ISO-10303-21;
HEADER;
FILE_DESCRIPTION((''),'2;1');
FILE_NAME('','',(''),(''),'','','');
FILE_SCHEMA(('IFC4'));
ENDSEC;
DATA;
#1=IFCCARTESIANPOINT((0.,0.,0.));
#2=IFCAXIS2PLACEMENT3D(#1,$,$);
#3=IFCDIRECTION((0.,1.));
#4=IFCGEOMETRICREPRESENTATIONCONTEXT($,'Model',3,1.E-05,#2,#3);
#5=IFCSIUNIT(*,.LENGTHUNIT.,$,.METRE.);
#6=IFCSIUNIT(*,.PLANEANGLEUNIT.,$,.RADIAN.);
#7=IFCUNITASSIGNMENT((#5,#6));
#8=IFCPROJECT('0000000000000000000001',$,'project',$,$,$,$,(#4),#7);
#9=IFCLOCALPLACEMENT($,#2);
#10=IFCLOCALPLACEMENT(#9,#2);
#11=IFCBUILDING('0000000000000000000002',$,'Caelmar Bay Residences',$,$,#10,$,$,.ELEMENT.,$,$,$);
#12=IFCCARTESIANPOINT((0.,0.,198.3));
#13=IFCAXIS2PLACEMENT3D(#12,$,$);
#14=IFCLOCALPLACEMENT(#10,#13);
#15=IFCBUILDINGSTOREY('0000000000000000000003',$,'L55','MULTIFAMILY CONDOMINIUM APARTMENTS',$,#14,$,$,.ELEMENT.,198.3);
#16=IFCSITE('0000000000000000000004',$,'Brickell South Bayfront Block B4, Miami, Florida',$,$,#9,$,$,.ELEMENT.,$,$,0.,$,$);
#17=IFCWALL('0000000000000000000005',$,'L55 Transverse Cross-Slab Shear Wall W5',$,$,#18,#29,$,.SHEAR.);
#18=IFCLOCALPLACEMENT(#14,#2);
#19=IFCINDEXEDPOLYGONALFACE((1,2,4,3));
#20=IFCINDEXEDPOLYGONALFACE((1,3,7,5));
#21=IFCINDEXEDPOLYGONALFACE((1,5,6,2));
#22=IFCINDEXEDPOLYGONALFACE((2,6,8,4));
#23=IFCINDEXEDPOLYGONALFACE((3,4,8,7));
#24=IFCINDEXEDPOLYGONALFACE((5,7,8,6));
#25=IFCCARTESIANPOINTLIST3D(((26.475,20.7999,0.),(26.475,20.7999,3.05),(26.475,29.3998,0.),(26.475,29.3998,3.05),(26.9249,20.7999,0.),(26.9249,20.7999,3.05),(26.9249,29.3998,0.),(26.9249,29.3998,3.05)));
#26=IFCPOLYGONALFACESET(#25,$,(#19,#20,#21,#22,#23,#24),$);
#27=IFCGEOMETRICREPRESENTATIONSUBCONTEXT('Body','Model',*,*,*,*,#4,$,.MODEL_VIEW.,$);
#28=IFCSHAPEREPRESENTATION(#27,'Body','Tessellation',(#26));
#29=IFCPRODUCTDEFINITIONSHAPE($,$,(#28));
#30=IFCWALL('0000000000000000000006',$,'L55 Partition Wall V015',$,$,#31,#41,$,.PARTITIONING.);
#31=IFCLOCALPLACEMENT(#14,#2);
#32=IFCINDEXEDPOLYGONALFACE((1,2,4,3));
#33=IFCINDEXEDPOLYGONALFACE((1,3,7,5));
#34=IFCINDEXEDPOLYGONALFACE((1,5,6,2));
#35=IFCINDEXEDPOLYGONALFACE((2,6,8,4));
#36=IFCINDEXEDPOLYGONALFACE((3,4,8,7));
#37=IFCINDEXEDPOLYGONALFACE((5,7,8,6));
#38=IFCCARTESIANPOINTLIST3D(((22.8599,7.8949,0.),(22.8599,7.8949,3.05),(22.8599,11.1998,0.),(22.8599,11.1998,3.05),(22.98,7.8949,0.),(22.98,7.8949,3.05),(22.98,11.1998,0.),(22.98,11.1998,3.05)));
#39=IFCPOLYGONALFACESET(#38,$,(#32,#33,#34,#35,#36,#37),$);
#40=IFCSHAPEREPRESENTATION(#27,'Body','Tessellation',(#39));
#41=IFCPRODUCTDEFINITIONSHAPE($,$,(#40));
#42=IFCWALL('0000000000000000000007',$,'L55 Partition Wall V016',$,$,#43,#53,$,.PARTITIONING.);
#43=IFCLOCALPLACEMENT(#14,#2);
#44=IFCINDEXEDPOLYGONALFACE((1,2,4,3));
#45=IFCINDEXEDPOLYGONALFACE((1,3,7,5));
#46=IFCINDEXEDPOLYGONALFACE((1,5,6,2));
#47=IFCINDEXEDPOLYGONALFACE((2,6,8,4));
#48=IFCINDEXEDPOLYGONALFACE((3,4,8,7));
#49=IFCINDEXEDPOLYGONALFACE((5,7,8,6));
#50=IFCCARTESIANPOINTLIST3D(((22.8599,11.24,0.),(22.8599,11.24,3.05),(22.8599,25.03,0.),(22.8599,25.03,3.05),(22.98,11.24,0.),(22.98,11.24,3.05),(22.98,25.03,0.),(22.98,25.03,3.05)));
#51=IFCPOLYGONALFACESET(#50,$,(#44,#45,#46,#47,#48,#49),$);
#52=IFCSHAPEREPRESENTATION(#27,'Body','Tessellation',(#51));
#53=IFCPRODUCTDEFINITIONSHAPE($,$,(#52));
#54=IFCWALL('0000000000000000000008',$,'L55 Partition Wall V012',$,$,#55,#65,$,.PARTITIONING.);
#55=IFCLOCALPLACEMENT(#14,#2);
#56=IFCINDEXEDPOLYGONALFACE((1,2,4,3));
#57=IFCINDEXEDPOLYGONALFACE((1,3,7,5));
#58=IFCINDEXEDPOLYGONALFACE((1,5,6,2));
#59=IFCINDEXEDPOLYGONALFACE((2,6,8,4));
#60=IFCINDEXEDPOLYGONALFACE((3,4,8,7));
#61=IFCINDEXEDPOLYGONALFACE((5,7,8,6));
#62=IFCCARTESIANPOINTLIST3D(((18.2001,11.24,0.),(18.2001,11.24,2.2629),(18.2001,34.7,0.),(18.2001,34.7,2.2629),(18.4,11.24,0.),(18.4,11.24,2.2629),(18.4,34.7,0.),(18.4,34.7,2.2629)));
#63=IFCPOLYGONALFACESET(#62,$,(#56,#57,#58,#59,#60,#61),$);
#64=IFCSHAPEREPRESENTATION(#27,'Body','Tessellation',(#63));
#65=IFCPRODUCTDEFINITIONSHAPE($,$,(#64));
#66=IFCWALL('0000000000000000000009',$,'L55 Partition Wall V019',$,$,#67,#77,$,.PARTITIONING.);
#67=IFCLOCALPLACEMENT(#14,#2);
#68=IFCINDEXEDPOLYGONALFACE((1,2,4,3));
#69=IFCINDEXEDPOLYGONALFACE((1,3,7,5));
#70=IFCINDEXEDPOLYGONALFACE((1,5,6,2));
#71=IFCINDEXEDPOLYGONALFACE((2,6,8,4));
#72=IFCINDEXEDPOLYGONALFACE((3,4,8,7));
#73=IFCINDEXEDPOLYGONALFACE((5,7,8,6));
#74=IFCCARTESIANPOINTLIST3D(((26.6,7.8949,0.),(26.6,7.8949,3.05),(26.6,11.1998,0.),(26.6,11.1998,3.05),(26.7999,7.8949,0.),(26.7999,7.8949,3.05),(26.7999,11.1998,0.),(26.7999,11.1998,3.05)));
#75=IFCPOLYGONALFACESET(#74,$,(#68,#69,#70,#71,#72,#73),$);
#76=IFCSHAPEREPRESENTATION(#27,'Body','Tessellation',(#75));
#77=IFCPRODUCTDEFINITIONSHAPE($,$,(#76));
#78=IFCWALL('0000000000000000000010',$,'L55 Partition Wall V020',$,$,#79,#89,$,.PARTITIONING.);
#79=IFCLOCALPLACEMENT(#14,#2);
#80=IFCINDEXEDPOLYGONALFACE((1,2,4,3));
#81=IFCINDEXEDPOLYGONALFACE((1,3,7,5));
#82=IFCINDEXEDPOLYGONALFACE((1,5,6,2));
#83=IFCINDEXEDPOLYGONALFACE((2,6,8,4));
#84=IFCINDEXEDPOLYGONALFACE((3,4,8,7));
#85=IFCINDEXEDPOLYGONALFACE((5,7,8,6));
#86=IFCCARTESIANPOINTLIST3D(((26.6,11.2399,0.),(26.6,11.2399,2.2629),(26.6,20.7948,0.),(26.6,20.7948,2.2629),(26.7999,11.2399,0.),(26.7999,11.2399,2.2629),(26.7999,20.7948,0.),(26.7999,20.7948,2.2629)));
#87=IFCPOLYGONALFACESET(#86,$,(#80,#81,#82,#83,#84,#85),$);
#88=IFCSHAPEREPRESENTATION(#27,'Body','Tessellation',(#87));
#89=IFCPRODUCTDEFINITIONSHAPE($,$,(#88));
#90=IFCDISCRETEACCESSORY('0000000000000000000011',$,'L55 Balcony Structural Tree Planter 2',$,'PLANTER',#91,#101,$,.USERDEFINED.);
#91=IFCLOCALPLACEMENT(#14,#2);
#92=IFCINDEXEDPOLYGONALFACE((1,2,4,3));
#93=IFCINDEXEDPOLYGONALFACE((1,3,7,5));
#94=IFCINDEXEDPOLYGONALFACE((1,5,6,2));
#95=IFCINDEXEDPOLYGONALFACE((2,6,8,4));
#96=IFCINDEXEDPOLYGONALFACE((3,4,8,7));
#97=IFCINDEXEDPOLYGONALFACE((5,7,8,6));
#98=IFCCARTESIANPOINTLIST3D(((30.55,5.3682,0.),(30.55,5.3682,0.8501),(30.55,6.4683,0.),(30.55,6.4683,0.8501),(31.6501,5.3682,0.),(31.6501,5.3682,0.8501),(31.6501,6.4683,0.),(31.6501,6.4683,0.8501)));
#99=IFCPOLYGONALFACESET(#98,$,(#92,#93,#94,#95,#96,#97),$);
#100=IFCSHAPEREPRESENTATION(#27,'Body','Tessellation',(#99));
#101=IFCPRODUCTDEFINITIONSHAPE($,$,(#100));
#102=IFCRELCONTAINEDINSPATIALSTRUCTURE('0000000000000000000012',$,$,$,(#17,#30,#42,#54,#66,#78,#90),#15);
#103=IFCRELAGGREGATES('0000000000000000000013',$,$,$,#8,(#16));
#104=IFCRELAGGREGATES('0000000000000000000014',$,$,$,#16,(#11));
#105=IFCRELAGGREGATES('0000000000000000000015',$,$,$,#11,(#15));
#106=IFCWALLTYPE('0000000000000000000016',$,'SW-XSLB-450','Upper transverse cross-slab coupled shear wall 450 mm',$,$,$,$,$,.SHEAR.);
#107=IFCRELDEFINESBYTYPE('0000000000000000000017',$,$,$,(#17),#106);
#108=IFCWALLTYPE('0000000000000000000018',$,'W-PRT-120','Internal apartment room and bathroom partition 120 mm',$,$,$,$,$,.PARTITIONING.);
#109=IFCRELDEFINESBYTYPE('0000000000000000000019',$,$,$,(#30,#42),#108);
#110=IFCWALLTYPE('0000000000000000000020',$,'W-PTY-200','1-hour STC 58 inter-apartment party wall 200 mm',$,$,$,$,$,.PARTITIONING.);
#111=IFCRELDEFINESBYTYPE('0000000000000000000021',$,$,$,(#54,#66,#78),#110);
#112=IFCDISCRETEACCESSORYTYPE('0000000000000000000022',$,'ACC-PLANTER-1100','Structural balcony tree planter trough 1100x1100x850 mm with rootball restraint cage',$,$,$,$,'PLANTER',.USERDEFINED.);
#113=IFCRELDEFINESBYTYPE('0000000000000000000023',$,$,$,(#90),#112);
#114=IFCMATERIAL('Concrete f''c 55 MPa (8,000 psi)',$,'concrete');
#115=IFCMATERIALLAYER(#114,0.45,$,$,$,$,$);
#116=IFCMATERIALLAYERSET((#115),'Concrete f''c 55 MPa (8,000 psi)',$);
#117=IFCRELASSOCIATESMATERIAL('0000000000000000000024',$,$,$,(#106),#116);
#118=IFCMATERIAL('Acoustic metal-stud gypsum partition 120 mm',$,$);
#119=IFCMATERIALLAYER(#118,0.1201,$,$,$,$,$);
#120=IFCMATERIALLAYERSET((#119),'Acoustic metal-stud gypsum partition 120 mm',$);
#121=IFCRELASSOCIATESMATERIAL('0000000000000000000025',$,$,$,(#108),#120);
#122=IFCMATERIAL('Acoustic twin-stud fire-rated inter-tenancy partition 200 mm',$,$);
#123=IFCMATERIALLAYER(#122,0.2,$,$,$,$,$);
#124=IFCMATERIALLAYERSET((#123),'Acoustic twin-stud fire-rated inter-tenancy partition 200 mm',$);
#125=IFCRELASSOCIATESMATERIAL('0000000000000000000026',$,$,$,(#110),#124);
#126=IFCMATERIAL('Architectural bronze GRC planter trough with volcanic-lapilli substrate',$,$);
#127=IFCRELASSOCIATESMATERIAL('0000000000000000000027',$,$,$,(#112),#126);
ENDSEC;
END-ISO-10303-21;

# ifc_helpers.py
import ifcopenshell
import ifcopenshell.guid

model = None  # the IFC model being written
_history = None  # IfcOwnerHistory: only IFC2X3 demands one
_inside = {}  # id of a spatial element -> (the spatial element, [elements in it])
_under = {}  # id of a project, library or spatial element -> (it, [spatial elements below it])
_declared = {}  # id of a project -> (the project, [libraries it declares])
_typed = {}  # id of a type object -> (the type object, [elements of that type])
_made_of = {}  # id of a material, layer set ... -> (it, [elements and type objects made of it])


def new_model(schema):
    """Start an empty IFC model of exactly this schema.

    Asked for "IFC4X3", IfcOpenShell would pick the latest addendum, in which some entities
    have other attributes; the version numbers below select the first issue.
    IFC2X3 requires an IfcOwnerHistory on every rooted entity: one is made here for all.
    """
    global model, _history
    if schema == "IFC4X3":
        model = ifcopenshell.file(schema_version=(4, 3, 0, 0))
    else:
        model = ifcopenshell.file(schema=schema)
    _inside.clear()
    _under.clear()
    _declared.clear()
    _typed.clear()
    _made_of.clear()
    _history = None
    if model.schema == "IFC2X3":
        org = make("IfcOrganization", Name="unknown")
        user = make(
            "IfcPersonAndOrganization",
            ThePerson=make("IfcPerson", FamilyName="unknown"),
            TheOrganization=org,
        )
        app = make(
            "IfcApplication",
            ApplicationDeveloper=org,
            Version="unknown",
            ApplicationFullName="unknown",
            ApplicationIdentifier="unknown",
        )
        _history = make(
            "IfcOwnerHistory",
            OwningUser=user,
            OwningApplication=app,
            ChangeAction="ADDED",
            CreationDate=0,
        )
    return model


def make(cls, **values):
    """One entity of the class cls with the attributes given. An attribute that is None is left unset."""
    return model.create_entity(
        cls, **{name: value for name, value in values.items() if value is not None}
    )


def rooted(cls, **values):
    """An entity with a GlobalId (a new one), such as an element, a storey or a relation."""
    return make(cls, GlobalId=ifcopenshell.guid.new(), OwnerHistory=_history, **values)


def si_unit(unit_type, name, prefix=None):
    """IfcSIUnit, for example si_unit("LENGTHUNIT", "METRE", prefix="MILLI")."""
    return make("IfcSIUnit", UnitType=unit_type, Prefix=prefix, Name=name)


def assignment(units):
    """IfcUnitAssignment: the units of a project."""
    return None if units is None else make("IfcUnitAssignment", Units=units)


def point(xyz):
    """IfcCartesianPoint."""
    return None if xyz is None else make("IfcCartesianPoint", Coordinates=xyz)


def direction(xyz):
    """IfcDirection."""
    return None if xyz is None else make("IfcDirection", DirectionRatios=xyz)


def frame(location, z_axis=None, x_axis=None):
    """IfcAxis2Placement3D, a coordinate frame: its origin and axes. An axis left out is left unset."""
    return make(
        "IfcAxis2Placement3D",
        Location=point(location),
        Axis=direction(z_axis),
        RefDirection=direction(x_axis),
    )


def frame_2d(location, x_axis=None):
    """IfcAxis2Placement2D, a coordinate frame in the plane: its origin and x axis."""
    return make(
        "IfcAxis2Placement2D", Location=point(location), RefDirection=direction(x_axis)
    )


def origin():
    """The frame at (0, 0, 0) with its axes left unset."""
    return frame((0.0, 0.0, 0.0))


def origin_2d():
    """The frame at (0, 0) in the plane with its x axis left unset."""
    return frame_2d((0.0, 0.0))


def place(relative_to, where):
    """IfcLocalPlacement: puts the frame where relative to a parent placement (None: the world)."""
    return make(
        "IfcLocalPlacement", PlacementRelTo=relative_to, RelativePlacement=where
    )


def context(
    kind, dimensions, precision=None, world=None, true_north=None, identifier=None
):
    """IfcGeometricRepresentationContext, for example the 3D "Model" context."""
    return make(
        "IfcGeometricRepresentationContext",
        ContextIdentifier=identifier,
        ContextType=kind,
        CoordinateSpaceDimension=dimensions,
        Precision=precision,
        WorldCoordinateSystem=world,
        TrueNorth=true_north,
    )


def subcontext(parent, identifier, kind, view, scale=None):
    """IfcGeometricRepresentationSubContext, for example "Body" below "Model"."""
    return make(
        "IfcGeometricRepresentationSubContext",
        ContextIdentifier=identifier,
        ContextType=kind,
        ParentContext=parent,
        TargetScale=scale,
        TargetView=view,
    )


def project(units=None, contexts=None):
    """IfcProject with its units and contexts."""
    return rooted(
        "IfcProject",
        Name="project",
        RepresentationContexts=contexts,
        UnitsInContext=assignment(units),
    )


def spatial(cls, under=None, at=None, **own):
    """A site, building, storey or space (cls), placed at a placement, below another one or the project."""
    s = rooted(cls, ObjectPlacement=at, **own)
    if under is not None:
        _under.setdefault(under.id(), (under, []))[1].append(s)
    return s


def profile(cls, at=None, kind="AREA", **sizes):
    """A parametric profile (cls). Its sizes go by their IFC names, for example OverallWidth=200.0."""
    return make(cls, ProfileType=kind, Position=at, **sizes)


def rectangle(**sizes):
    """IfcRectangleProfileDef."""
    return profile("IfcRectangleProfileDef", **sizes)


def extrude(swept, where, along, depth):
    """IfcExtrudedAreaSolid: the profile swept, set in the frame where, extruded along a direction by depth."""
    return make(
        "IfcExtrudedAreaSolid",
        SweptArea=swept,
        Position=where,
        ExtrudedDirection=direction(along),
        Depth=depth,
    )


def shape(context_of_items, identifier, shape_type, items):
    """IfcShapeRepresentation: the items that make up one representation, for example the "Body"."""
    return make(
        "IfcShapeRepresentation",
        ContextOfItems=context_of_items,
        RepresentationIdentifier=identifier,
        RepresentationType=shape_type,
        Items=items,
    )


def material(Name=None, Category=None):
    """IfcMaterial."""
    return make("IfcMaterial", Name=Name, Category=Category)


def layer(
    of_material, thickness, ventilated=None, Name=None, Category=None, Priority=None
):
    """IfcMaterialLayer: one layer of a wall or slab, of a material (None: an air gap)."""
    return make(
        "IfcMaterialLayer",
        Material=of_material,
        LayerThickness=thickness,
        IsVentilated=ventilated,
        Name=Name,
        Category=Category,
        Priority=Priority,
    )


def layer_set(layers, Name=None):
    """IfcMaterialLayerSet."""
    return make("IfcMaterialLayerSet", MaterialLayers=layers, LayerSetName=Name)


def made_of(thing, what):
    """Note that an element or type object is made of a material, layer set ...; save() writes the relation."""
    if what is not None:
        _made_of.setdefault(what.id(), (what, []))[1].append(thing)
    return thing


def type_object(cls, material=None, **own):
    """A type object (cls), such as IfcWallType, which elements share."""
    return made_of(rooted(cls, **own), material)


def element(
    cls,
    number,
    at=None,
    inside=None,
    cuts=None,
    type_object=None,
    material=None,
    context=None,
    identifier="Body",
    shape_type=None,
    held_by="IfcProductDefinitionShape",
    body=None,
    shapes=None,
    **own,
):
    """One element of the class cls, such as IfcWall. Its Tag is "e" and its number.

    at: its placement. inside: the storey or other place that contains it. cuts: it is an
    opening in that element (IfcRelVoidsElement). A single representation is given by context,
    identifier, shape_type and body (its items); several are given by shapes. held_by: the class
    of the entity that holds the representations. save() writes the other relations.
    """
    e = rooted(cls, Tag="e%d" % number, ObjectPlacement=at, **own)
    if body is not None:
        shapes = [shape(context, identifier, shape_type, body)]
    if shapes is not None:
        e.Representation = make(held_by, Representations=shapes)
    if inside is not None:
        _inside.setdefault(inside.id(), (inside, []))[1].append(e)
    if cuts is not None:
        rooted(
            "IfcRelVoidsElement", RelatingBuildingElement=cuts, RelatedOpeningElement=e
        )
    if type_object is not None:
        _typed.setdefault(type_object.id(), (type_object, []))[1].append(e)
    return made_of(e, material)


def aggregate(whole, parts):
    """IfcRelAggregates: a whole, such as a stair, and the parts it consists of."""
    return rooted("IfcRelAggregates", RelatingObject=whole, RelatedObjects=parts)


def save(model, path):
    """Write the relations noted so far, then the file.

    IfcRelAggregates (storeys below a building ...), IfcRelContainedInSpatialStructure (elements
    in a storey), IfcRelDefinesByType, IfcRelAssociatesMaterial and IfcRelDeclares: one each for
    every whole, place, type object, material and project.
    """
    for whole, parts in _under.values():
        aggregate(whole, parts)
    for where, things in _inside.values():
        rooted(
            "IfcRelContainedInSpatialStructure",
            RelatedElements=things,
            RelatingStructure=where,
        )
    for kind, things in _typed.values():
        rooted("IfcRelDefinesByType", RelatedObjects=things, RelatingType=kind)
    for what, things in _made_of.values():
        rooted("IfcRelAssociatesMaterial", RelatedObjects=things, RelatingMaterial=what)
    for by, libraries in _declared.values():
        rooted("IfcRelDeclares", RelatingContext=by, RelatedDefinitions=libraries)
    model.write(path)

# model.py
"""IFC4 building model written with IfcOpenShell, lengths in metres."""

from ifc_helpers import new_model, si_unit, direction, frame, frame_2d, origin, origin_2d, place, context, subcontext, project, spatial, rectangle, extrude, material, layer, layer_set, type_object, element, save


model = new_model("IFC4")

# Units and contexts
model_context = context("Model", 3, precision=1e-05, world=origin(), true_north=direction((0.0, 1.0)))
body_context = subcontext(model_context, "Body", "Model", "MODEL_VIEW")
ifc_project = project(units=[si_unit("LENGTHUNIT", "METRE"), si_unit("PLANEANGLEUNIT", "RADIAN")], contexts=[model_context])

# Site, building, storey
site_placement = place(None, origin())
site = spatial("IfcSite", under=ifc_project, at=site_placement, Name="Brickell South Bayfront Block B4, Miami, Florida", CompositionType="ELEMENT", RefElevation=0.0)
building_placement = place(site_placement, origin())
building = spatial("IfcBuilding", under=site, at=building_placement, Name="Caelmar Bay Residences", CompositionType="ELEMENT")
storey_placement = place(building_placement, frame((0.0, 0.0, 198.3)))
storey = spatial("IfcBuildingStorey", under=building, at=storey_placement, Name="L55", Description="MULTIFAMILY CONDOMINIUM APARTMENTS", CompositionType="ELEMENT", Elevation=198.3)

# Shared definitions
ifc_material_1 = material(Name="Concrete f'c 55 MPa (8,000 psi)", Category="concrete")

# Walls
ifc_layer_1 = layer(ifc_material_1, 0.45)
ifc_layer_set_1 = layer_set([ifc_layer_1], Name="Concrete f'c 55 MPa (8,000 psi)")
wall_type_1 = type_object("IfcWallType", Name="SW-XSLB-450", Description="Upper transverse cross-slab coupled shear wall 450 mm", PredefinedType="SHEAR", material=ifc_layer_set_1)
wall_1_placement = place(storey_placement, frame((26.7, 20.8, 0.0), z_axis=(0.0, 0.0, 1.0), x_axis=(0.0, 1.0, 0.0)))
element("IfcWall", 1, at=wall_1_placement, inside=storey, type_object=wall_type_1, Name="L55 Transverse Cross-Slab Shear Wall W5", PredefinedType="SHEAR", context=body_context, shape_type="SweptSolid", body=[
    extrude(rectangle(XDim=8.5999, YDim=0.45, at=frame_2d((4.2998, 0.0))), origin(), (0.0, 0.0, 1.0), 3.05),
])
ifc_material_2 = material(Name="Acoustic metal-stud gypsum partition 120 mm")
ifc_layer_2 = layer(ifc_material_2, 0.1201)
ifc_layer_set_2 = layer_set([ifc_layer_2], Name="Acoustic metal-stud gypsum partition 120 mm")
wall_type_2 = type_object("IfcWallType", Name="W-PRT-120", Description="Internal apartment room and bathroom partition 120 mm", PredefinedType="PARTITIONING", material=ifc_layer_set_2)
wall_2_placement = place(storey_placement, frame((22.9199, 7.895, 0.0), z_axis=(0.0, 0.0, 1.0), x_axis=(0.0, 1.0, 0.0)))
element("IfcWall", 2, at=wall_2_placement, inside=storey, type_object=wall_type_2, Name="L55 Partition Wall V015", PredefinedType="PARTITIONING", context=body_context, shape_type="SweptSolid", body=[
    extrude(rectangle(XDim=3.3049, YDim=0.1201, at=frame_2d((1.6523, 0.0))), origin(), (0.0, 0.0, 1.0), 3.05),
])
wall_3_placement = place(storey_placement, frame((22.9199, 11.24, 0.0), z_axis=(0.0, 0.0, 1.0), x_axis=(0.0, 1.0, 0.0)))
element("IfcWall", 3, at=wall_3_placement, inside=storey, type_object=wall_type_2, Name="L55 Partition Wall V016", PredefinedType="PARTITIONING", context=body_context, shape_type="SweptSolid", body=[
    extrude(rectangle(XDim=13.79, YDim=0.1201, at=frame_2d((6.895, 0.0))), origin(), (0.0, 0.0, 1.0), 3.05),
])

# Walls
ifc_material_3 = material(Name="Acoustic twin-stud fire-rated inter-tenancy partition 200 mm")
ifc_layer_3 = layer(ifc_material_3, 0.2)
ifc_layer_set_3 = layer_set([ifc_layer_3], Name="Acoustic twin-stud fire-rated inter-tenancy partition 200 mm")
wall_type_3 = type_object("IfcWallType", Name="W-PTY-200", Description="1-hour STC 58 inter-apartment party wall 200 mm", PredefinedType="PARTITIONING", material=ifc_layer_set_3)
wall_4_placement = place(storey_placement, frame((18.3, 11.24, 0.0), z_axis=(0.0, 0.0, 1.0), x_axis=(0.0, 1.0, 0.0)))
element("IfcWall", 4, at=wall_4_placement, inside=storey, type_object=wall_type_3, Name="L55 Partition Wall V012", PredefinedType="PARTITIONING", context=body_context, shape_type="SweptSolid", body=[
    extrude(rectangle(XDim=23.46, YDim=0.2, at=frame_2d((11.73, 0.0))), origin(), (0.0, 0.0, 1.0), 2.2629),
])
wall_5_placement = place(storey_placement, frame((26.7, 7.895, 0.0), z_axis=(0.0, 0.0, 1.0), x_axis=(0.0, 1.0, 0.0)))
element("IfcWall", 5, at=wall_5_placement, inside=storey, type_object=wall_type_3, Name="L55 Partition Wall V019", PredefinedType="PARTITIONING", context=body_context, shape_type="SweptSolid", body=[
    extrude(rectangle(XDim=3.3049, YDim=0.2, at=frame_2d((1.6523, 0.0))), origin(), (0.0, 0.0, 1.0), 3.05),
])
wall_6_placement = place(storey_placement, frame((26.7, 11.24, 0.0), z_axis=(0.0, 0.0, 1.0), x_axis=(0.0, 1.0, 0.0)))
element("IfcWall", 6, at=wall_6_placement, inside=storey, type_object=wall_type_3, Name="L55 Partition Wall V020", PredefinedType="PARTITIONING", context=body_context, shape_type="SweptSolid", body=[
    extrude(rectangle(XDim=9.5549, YDim=0.2, at=frame_2d((4.7773, 0.0))), origin(), (0.0, 0.0, 1.0), 2.2629),
])

# Discrete accessory
ifc_material_4 = material(Name="Architectural bronze GRC planter trough with volcanic-lapilli substrate")
discrete_accessory_type = type_object("IfcDiscreteAccessoryType", Name="ACC-PLANTER-1100", Description="Structural balcony tree planter trough 1100x1100x850 mm with rootball restraint cage", ElementType="PLANTER", PredefinedType="USERDEFINED", material=ifc_material_4)
discrete_accessory_placement = place(storey_placement, frame((31.1001, 5.9182, 0.0), z_axis=(0.0, 0.0, 1.0), x_axis=(1.0, 0.0, 0.0)))
element("IfcDiscreteAccessory", 7, at=discrete_accessory_placement, inside=storey, type_object=discrete_accessory_type, Name="L55 Balcony Structural Tree Planter 2", ObjectType="PLANTER", PredefinedType="USERDEFINED", context=body_context, shape_type="SweptSolid", body=[
    extrude(rectangle(XDim=1.1001, YDim=1.1001, at=origin_2d()), origin(), (0.0, 0.0, 1.0), 0.8501),
])

save(model, "model.ifc")
